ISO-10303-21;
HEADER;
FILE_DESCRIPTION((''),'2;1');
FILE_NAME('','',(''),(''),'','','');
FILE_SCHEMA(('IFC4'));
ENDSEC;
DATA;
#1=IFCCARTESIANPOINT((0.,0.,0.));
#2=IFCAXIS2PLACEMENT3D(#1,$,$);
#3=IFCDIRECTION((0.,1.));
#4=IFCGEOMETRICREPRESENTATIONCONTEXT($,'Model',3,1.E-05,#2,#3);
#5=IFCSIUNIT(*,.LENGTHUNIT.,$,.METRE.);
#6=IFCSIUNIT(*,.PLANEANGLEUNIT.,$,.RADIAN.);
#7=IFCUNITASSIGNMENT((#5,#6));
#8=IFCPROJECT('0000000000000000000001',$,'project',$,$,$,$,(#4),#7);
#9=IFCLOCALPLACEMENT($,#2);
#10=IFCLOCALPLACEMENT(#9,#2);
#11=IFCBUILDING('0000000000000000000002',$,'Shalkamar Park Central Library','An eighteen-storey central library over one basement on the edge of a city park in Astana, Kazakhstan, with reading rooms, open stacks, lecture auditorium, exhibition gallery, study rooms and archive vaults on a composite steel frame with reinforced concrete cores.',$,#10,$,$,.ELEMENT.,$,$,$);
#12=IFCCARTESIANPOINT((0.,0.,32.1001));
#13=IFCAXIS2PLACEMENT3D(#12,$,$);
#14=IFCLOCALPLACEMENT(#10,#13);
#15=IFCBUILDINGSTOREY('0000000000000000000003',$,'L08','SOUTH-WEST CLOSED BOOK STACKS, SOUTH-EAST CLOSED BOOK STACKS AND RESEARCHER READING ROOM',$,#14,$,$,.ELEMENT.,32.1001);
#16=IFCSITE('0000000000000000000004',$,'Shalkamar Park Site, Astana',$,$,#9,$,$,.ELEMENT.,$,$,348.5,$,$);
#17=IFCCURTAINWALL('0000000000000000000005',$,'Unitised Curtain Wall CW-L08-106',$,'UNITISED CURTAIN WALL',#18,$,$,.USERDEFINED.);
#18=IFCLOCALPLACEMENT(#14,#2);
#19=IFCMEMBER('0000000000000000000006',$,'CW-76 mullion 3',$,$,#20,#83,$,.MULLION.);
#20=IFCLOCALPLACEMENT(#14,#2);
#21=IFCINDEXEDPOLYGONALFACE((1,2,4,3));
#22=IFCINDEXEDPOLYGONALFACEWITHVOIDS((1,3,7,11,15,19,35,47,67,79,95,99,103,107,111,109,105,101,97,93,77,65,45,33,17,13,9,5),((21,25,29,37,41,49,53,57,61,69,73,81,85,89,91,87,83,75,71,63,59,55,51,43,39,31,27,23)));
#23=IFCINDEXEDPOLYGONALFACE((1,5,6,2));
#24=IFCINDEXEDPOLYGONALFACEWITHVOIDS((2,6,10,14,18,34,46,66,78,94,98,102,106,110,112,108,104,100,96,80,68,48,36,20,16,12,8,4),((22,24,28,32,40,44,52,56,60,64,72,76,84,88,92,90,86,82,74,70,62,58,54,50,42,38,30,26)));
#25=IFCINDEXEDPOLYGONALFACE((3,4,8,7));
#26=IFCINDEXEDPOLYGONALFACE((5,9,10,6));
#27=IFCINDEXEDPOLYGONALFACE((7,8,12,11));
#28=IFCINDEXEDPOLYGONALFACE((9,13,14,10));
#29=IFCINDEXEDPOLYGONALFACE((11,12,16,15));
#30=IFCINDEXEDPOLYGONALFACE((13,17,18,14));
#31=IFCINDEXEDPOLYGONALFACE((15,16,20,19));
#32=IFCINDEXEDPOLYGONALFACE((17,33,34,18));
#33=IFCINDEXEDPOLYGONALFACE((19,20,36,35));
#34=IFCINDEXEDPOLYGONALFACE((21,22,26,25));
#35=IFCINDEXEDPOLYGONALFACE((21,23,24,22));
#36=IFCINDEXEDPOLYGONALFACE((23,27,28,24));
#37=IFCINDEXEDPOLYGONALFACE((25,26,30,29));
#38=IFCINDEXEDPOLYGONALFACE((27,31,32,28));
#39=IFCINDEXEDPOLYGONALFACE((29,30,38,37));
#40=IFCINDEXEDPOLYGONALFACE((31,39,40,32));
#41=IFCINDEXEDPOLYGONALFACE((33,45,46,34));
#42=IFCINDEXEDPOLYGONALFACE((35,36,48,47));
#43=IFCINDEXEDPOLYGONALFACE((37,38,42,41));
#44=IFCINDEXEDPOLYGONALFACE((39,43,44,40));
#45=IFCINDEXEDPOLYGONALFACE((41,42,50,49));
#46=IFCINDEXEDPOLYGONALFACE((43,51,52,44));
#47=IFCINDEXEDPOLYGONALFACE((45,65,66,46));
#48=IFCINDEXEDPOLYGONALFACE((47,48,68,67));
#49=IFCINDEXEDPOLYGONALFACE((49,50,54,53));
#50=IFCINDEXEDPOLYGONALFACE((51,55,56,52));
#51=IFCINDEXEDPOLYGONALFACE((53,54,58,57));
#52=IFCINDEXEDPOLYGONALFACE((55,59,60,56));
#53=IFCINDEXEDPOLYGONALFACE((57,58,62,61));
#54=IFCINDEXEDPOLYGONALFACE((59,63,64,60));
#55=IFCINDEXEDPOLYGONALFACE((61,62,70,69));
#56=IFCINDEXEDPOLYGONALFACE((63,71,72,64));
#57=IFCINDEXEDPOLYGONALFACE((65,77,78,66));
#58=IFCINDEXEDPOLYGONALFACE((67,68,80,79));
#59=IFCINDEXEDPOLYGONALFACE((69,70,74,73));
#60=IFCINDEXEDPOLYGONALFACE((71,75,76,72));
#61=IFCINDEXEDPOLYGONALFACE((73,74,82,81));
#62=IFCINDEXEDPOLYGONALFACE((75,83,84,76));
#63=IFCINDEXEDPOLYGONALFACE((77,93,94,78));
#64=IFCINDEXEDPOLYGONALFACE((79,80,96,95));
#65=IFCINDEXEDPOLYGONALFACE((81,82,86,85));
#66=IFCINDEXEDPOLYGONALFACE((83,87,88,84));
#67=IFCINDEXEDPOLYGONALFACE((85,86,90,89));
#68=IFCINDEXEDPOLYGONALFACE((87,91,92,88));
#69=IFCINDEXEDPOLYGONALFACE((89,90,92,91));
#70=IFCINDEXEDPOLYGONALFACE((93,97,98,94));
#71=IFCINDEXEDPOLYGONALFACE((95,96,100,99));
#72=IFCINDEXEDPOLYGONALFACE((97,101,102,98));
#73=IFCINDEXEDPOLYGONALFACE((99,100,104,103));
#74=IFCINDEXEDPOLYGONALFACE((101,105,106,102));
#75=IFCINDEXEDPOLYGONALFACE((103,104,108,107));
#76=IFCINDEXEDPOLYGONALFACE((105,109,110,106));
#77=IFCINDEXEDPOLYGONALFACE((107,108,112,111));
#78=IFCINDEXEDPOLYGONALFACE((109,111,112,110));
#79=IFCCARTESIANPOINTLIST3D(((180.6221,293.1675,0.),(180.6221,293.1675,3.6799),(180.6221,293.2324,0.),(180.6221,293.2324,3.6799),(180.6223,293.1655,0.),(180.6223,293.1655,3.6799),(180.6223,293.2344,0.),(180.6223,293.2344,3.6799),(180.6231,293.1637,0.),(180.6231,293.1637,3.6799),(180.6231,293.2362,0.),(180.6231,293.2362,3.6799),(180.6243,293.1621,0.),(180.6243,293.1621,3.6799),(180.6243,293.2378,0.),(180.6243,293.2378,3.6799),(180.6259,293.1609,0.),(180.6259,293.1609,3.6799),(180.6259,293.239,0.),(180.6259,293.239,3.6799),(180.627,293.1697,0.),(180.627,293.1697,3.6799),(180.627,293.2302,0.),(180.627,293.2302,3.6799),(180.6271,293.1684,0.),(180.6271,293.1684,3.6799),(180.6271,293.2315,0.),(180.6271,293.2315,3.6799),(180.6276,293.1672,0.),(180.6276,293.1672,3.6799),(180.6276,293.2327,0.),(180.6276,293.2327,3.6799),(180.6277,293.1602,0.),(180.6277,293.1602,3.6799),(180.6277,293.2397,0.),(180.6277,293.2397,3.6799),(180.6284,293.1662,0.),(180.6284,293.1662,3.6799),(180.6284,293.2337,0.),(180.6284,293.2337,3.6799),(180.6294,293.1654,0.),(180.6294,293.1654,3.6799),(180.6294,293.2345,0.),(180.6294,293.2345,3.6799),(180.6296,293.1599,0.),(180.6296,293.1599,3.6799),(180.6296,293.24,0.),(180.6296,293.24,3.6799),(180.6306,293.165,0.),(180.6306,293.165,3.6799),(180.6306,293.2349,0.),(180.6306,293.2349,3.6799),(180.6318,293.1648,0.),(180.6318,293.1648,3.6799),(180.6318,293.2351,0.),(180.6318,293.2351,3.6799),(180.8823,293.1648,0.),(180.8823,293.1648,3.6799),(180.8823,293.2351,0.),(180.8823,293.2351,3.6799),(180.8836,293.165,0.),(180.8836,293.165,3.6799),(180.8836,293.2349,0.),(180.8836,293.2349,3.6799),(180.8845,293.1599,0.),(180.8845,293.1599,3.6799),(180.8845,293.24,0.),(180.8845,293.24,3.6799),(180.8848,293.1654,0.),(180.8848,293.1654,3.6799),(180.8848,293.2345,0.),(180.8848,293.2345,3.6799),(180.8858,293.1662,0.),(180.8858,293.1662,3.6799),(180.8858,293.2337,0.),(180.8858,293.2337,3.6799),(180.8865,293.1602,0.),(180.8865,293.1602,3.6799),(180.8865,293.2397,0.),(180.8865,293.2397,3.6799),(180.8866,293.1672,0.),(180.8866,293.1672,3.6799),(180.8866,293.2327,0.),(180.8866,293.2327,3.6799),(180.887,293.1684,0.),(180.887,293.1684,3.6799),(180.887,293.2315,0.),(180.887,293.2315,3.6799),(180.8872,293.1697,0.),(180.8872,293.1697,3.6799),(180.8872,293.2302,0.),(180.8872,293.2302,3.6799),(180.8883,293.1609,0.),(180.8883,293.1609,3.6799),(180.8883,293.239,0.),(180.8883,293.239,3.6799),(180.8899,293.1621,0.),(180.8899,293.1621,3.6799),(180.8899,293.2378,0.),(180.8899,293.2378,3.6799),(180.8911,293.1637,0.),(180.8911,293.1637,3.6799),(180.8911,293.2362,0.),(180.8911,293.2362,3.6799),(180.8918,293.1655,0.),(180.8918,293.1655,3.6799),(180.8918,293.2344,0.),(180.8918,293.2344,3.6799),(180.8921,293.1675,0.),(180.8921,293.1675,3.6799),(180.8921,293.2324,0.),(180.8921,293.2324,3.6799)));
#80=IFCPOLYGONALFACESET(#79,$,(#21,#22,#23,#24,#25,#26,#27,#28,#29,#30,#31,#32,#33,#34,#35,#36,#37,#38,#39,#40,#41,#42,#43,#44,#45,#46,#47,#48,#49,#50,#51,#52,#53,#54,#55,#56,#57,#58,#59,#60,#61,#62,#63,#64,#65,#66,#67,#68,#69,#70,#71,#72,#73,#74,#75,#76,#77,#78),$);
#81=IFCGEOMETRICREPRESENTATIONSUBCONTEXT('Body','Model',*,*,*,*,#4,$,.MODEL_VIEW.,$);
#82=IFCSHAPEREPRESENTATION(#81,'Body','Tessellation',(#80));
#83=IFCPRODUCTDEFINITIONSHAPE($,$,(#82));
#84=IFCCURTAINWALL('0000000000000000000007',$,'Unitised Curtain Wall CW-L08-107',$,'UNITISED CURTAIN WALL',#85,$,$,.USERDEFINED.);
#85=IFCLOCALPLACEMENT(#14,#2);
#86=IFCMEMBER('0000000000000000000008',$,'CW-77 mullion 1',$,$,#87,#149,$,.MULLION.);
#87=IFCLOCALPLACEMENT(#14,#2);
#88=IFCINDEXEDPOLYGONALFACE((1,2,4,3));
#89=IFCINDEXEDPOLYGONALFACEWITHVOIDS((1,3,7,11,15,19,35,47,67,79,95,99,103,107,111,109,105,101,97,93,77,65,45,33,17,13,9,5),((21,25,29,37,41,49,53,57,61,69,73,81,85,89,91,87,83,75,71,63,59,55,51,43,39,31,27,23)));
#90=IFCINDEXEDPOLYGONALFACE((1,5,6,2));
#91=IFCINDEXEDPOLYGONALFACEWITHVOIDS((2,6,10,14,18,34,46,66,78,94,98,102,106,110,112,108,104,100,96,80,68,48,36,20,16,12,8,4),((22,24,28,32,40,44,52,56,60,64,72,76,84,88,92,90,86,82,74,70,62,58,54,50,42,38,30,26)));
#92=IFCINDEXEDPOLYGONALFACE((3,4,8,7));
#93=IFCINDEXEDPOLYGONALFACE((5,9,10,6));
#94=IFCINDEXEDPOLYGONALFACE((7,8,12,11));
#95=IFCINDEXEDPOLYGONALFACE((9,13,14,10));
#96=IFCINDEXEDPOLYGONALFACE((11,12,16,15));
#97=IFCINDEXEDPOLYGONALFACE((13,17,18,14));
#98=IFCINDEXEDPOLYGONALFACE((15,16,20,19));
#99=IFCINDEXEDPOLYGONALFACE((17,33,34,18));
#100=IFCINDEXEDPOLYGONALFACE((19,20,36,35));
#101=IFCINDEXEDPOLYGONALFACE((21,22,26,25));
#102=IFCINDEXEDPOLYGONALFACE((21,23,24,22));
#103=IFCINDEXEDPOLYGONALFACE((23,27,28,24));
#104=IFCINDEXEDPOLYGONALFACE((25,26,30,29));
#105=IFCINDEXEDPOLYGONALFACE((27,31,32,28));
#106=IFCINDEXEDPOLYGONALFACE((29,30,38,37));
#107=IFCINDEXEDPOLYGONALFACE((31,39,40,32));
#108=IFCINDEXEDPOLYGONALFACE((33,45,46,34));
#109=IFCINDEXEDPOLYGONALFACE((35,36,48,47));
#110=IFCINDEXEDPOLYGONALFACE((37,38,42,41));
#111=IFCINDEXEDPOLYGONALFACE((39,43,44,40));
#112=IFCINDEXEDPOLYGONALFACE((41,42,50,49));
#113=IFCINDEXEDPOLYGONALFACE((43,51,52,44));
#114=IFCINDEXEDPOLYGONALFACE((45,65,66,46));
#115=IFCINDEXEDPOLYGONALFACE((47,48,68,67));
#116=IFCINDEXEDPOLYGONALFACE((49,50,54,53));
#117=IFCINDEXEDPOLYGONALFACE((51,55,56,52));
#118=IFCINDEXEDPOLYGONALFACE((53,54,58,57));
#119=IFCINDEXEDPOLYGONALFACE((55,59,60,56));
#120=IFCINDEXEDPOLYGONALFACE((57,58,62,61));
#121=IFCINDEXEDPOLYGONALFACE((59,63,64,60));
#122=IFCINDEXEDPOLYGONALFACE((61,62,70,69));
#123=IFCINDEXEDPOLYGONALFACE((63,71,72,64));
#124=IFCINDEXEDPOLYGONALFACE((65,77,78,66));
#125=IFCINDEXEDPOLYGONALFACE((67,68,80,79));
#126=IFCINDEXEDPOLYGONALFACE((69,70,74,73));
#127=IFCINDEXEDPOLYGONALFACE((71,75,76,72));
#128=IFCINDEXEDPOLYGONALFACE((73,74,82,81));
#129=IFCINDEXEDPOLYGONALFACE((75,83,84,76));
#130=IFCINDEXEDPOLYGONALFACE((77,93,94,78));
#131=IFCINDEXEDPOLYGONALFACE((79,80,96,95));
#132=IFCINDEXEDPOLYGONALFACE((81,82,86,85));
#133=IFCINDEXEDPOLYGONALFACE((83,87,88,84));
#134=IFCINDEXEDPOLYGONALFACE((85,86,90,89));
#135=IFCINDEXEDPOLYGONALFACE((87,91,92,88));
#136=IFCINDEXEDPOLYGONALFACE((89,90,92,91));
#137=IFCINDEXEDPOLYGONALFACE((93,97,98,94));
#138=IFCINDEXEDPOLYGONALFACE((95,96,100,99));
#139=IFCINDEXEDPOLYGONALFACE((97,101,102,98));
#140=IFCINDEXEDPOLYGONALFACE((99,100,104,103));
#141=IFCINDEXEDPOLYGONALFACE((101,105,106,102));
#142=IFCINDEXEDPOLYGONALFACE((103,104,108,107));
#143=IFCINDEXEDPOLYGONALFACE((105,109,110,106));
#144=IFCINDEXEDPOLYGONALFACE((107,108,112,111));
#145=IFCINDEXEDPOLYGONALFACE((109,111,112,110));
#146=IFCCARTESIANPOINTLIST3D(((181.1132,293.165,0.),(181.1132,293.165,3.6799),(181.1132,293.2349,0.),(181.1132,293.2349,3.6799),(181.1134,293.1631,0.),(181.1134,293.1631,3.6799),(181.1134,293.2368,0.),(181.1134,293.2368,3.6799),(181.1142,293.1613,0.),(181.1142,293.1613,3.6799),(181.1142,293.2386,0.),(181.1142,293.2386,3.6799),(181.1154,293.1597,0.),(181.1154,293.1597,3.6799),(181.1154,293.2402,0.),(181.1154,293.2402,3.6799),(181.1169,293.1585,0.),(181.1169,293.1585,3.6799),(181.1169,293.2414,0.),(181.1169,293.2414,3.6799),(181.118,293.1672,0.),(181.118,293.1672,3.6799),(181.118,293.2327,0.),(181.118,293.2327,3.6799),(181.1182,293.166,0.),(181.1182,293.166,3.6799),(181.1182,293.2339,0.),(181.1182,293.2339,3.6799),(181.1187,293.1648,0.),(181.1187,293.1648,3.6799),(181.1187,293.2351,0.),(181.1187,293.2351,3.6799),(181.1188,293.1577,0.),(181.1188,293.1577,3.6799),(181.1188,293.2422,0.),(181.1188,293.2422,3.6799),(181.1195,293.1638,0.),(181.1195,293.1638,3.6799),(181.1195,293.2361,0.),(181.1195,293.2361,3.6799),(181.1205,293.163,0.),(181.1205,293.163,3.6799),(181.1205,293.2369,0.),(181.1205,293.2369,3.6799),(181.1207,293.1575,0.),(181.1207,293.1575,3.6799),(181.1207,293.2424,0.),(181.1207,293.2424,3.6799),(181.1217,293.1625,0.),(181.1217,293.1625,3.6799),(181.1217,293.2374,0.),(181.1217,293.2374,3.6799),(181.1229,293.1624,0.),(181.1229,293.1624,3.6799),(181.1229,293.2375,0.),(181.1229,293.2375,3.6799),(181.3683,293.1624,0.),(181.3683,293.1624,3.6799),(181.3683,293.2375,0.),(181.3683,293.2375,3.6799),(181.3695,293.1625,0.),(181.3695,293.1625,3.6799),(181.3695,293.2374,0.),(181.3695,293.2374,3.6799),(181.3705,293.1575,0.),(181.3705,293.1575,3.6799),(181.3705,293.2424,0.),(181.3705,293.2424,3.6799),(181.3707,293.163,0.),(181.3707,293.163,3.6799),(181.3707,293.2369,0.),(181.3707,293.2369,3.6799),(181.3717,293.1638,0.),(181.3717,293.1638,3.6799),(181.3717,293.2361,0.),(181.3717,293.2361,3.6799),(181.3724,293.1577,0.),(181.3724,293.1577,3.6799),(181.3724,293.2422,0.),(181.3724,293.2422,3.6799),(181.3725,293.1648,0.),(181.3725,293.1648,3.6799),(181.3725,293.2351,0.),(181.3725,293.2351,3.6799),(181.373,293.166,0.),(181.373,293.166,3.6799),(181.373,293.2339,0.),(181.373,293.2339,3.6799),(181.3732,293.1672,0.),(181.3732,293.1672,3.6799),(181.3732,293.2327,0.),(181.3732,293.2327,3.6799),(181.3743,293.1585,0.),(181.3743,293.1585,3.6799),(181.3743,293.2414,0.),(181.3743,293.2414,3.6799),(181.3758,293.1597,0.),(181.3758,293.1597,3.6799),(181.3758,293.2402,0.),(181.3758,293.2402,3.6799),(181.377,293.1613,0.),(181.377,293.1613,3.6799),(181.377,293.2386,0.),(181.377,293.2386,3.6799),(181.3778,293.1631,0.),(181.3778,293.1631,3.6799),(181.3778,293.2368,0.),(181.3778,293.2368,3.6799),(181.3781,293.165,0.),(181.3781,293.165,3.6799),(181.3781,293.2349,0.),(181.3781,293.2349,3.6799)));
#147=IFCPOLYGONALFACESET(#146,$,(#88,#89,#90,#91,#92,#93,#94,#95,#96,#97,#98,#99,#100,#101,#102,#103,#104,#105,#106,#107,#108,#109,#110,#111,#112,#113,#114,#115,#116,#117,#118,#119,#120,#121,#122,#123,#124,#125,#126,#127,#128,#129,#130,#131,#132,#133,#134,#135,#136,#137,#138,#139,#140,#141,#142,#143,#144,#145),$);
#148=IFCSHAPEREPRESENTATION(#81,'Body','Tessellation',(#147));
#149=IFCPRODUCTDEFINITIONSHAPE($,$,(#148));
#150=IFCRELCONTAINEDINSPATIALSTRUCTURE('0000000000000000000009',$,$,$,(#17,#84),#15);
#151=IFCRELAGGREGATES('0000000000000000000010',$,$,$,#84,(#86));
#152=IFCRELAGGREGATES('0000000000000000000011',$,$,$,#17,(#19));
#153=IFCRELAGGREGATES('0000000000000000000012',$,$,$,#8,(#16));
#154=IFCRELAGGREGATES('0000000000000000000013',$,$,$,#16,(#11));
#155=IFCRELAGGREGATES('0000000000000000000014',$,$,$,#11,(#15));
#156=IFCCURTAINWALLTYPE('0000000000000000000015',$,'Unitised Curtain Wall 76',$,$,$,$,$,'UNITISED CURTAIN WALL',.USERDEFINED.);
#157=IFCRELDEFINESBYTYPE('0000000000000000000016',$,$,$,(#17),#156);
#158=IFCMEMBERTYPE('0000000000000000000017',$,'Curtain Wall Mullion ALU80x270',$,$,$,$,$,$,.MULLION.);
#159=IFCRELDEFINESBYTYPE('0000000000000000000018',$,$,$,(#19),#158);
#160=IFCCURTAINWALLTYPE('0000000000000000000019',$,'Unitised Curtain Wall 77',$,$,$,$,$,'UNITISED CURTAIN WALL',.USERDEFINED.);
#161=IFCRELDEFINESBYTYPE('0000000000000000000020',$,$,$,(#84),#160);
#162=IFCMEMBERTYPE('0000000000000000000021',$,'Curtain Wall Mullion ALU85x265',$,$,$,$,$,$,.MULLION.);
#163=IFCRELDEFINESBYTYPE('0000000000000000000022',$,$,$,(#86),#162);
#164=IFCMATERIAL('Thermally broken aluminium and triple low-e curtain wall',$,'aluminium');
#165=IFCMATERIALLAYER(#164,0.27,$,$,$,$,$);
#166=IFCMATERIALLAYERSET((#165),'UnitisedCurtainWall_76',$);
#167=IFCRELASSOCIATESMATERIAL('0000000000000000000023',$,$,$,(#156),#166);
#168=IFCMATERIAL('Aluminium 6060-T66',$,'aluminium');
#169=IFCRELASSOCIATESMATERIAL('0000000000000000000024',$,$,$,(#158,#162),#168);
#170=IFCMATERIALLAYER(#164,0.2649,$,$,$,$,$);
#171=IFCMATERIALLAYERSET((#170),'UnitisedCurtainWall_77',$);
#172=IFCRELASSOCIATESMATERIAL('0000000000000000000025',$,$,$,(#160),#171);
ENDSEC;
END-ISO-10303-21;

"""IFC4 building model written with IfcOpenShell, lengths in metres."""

from ifc_helpers import new_model, si_unit, direction, frame, origin, origin_2d, place, context, subcontext, project, spatial, hollow_rectangle, extrude, material, layer, layer_set, material_profile, profile_set, type_object, element, aggregate, save


model = new_model("IFC4")

# Units and contexts
model_context = context("Model", 3, precision=1e-05, world=origin(), true_north=direction((0.0, 1.0)))
body_context = subcontext(model_context, "Body", "Model", "MODEL_VIEW")
ifc_project = project(units=[si_unit("LENGTHUNIT", "METRE"), si_unit("PLANEANGLEUNIT", "RADIAN")], contexts=[model_context])

# Site, building, storey
site_placement = place(None, origin())
site = spatial("IfcSite", under=ifc_project, at=site_placement, Name="Shalkamar Park Site, Astana", CompositionType="ELEMENT", RefElevation=348.5)
building_placement = place(site_placement, origin())
building = spatial("IfcBuilding", under=site, at=building_placement, Name="Shalkamar Park Central Library", Description="An eighteen-storey central library over one basement on the edge of a city park in Astana, Kazakhstan, with reading rooms, open stacks, lecture auditorium, exhibition gallery, study rooms and archive vaults on a composite steel frame with reinforced concrete cores.", CompositionType="ELEMENT")
storey_placement = place(building_placement, frame((0.0, 0.0, 32.1001)))
storey = spatial("IfcBuildingStorey", under=building, at=storey_placement, Name="L08", Description="SOUTH-WEST CLOSED BOOK STACKS, SOUTH-EAST CLOSED BOOK STACKS AND RESEARCHER READING ROOM", CompositionType="ELEMENT", Elevation=32.1001)

# Curtain walls, members
ifc_material_1 = material(Name="Thermally broken aluminium and triple low-e curtain wall", Category="aluminium")
ifc_layer_1 = layer(ifc_material_1, 0.27)
ifc_layer_set_1 = layer_set([ifc_layer_1], Name="UnitisedCurtainWall_76")
curtain_wall_type_1 = type_object("IfcCurtainWallType", Name="Unitised Curtain Wall 76", ElementType="UNITISED CURTAIN WALL", PredefinedType="USERDEFINED", material=ifc_layer_set_1)
curtain_wall_1_placement = place(storey_placement, origin())
curtain_wall_1 = element("IfcCurtainWall", 1, at=curtain_wall_1_placement, inside=storey, type_object=curtain_wall_type_1, Name="Unitised Curtain Wall CW-L08-106", ObjectType="UNITISED CURTAIN WALL", PredefinedType="USERDEFINED")
ifc_material_2 = material(Name="Aluminium 6060-T66", Category="aluminium")
ifc_material_profile_1 = material_profile(ifc_material_2, hollow_rectangle(XDim=0.0801, YDim=0.27, WallThickness=0.0049, InnerFilletRadius=0.0049, OuterFilletRadius=0.0076, at=origin_2d()), Name="ALU 80x270x5")
ifc_profile_set_1 = profile_set([ifc_material_profile_1], Name="Aluminium 6060-T66")
member_type_1 = type_object("IfcMemberType", Name="Curtain Wall Mullion ALU80x270", PredefinedType="MULLION", material=ifc_profile_set_1)
member_1_placement = place(storey_placement, frame((180.7571, 293.2, 0.0), z_axis=(0.0, 0.0, 1.0), x_axis=(0.0, 1.0, 0.0)))
member_1 = element("IfcMember", 2, at=member_1_placement, type_object=member_type_1, Name="CW-76 mullion 3", PredefinedType="MULLION", context=body_context, shape_type="SweptSolid", body=[
    extrude(hollow_rectangle(XDim=0.0801, YDim=0.27, WallThickness=0.0049, InnerFilletRadius=0.0049, OuterFilletRadius=0.0076, at=origin_2d()), origin(), (0.0, 0.0, 1.0), 3.6799),
])
ifc_layer_2 = layer(ifc_material_1, 0.2649)
ifc_layer_set_2 = layer_set([ifc_layer_2], Name="UnitisedCurtainWall_77")
curtain_wall_type_2 = type_object("IfcCurtainWallType", Name="Unitised Curtain Wall 77", ElementType="UNITISED CURTAIN WALL", PredefinedType="USERDEFINED", material=ifc_layer_set_2)
curtain_wall_2_placement = place(storey_placement, origin())
curtain_wall_2 = element("IfcCurtainWall", 3, at=curtain_wall_2_placement, inside=storey, type_object=curtain_wall_type_2, Name="Unitised Curtain Wall CW-L08-107", ObjectType="UNITISED CURTAIN WALL", PredefinedType="USERDEFINED")
ifc_material_profile_2 = material_profile(ifc_material_2, hollow_rectangle(XDim=0.085, YDim=0.2649, WallThickness=0.0049, InnerFilletRadius=0.0049, OuterFilletRadius=0.0076, at=origin_2d()), Name="ALU 85x265x5")
ifc_profile_set_2 = profile_set([ifc_material_profile_2], Name="Aluminium 6060-T66")
member_type_2 = type_object("IfcMemberType", Name="Curtain Wall Mullion ALU85x265", PredefinedType="MULLION", material=ifc_profile_set_2)
member_2_placement = place(storey_placement, frame((181.2456, 293.2, 0.0), z_axis=(0.0, 0.0, 1.0), x_axis=(0.0, 1.0, 0.0)))
member_2 = element("IfcMember", 4, at=member_2_placement, type_object=member_type_2, Name="CW-77 mullion 1", PredefinedType="MULLION", context=body_context, shape_type="SweptSolid", body=[
    extrude(hollow_rectangle(XDim=0.085, YDim=0.2649, WallThickness=0.0049, InnerFilletRadius=0.0049, OuterFilletRadius=0.0076, at=origin_2d()), origin(), (0.0, 0.0, 1.0), 3.6799),
])
aggregate(curtain_wall_2, [member_2])

aggregate(curtain_wall_1, [member_1])

save(model, "model.ifc")
